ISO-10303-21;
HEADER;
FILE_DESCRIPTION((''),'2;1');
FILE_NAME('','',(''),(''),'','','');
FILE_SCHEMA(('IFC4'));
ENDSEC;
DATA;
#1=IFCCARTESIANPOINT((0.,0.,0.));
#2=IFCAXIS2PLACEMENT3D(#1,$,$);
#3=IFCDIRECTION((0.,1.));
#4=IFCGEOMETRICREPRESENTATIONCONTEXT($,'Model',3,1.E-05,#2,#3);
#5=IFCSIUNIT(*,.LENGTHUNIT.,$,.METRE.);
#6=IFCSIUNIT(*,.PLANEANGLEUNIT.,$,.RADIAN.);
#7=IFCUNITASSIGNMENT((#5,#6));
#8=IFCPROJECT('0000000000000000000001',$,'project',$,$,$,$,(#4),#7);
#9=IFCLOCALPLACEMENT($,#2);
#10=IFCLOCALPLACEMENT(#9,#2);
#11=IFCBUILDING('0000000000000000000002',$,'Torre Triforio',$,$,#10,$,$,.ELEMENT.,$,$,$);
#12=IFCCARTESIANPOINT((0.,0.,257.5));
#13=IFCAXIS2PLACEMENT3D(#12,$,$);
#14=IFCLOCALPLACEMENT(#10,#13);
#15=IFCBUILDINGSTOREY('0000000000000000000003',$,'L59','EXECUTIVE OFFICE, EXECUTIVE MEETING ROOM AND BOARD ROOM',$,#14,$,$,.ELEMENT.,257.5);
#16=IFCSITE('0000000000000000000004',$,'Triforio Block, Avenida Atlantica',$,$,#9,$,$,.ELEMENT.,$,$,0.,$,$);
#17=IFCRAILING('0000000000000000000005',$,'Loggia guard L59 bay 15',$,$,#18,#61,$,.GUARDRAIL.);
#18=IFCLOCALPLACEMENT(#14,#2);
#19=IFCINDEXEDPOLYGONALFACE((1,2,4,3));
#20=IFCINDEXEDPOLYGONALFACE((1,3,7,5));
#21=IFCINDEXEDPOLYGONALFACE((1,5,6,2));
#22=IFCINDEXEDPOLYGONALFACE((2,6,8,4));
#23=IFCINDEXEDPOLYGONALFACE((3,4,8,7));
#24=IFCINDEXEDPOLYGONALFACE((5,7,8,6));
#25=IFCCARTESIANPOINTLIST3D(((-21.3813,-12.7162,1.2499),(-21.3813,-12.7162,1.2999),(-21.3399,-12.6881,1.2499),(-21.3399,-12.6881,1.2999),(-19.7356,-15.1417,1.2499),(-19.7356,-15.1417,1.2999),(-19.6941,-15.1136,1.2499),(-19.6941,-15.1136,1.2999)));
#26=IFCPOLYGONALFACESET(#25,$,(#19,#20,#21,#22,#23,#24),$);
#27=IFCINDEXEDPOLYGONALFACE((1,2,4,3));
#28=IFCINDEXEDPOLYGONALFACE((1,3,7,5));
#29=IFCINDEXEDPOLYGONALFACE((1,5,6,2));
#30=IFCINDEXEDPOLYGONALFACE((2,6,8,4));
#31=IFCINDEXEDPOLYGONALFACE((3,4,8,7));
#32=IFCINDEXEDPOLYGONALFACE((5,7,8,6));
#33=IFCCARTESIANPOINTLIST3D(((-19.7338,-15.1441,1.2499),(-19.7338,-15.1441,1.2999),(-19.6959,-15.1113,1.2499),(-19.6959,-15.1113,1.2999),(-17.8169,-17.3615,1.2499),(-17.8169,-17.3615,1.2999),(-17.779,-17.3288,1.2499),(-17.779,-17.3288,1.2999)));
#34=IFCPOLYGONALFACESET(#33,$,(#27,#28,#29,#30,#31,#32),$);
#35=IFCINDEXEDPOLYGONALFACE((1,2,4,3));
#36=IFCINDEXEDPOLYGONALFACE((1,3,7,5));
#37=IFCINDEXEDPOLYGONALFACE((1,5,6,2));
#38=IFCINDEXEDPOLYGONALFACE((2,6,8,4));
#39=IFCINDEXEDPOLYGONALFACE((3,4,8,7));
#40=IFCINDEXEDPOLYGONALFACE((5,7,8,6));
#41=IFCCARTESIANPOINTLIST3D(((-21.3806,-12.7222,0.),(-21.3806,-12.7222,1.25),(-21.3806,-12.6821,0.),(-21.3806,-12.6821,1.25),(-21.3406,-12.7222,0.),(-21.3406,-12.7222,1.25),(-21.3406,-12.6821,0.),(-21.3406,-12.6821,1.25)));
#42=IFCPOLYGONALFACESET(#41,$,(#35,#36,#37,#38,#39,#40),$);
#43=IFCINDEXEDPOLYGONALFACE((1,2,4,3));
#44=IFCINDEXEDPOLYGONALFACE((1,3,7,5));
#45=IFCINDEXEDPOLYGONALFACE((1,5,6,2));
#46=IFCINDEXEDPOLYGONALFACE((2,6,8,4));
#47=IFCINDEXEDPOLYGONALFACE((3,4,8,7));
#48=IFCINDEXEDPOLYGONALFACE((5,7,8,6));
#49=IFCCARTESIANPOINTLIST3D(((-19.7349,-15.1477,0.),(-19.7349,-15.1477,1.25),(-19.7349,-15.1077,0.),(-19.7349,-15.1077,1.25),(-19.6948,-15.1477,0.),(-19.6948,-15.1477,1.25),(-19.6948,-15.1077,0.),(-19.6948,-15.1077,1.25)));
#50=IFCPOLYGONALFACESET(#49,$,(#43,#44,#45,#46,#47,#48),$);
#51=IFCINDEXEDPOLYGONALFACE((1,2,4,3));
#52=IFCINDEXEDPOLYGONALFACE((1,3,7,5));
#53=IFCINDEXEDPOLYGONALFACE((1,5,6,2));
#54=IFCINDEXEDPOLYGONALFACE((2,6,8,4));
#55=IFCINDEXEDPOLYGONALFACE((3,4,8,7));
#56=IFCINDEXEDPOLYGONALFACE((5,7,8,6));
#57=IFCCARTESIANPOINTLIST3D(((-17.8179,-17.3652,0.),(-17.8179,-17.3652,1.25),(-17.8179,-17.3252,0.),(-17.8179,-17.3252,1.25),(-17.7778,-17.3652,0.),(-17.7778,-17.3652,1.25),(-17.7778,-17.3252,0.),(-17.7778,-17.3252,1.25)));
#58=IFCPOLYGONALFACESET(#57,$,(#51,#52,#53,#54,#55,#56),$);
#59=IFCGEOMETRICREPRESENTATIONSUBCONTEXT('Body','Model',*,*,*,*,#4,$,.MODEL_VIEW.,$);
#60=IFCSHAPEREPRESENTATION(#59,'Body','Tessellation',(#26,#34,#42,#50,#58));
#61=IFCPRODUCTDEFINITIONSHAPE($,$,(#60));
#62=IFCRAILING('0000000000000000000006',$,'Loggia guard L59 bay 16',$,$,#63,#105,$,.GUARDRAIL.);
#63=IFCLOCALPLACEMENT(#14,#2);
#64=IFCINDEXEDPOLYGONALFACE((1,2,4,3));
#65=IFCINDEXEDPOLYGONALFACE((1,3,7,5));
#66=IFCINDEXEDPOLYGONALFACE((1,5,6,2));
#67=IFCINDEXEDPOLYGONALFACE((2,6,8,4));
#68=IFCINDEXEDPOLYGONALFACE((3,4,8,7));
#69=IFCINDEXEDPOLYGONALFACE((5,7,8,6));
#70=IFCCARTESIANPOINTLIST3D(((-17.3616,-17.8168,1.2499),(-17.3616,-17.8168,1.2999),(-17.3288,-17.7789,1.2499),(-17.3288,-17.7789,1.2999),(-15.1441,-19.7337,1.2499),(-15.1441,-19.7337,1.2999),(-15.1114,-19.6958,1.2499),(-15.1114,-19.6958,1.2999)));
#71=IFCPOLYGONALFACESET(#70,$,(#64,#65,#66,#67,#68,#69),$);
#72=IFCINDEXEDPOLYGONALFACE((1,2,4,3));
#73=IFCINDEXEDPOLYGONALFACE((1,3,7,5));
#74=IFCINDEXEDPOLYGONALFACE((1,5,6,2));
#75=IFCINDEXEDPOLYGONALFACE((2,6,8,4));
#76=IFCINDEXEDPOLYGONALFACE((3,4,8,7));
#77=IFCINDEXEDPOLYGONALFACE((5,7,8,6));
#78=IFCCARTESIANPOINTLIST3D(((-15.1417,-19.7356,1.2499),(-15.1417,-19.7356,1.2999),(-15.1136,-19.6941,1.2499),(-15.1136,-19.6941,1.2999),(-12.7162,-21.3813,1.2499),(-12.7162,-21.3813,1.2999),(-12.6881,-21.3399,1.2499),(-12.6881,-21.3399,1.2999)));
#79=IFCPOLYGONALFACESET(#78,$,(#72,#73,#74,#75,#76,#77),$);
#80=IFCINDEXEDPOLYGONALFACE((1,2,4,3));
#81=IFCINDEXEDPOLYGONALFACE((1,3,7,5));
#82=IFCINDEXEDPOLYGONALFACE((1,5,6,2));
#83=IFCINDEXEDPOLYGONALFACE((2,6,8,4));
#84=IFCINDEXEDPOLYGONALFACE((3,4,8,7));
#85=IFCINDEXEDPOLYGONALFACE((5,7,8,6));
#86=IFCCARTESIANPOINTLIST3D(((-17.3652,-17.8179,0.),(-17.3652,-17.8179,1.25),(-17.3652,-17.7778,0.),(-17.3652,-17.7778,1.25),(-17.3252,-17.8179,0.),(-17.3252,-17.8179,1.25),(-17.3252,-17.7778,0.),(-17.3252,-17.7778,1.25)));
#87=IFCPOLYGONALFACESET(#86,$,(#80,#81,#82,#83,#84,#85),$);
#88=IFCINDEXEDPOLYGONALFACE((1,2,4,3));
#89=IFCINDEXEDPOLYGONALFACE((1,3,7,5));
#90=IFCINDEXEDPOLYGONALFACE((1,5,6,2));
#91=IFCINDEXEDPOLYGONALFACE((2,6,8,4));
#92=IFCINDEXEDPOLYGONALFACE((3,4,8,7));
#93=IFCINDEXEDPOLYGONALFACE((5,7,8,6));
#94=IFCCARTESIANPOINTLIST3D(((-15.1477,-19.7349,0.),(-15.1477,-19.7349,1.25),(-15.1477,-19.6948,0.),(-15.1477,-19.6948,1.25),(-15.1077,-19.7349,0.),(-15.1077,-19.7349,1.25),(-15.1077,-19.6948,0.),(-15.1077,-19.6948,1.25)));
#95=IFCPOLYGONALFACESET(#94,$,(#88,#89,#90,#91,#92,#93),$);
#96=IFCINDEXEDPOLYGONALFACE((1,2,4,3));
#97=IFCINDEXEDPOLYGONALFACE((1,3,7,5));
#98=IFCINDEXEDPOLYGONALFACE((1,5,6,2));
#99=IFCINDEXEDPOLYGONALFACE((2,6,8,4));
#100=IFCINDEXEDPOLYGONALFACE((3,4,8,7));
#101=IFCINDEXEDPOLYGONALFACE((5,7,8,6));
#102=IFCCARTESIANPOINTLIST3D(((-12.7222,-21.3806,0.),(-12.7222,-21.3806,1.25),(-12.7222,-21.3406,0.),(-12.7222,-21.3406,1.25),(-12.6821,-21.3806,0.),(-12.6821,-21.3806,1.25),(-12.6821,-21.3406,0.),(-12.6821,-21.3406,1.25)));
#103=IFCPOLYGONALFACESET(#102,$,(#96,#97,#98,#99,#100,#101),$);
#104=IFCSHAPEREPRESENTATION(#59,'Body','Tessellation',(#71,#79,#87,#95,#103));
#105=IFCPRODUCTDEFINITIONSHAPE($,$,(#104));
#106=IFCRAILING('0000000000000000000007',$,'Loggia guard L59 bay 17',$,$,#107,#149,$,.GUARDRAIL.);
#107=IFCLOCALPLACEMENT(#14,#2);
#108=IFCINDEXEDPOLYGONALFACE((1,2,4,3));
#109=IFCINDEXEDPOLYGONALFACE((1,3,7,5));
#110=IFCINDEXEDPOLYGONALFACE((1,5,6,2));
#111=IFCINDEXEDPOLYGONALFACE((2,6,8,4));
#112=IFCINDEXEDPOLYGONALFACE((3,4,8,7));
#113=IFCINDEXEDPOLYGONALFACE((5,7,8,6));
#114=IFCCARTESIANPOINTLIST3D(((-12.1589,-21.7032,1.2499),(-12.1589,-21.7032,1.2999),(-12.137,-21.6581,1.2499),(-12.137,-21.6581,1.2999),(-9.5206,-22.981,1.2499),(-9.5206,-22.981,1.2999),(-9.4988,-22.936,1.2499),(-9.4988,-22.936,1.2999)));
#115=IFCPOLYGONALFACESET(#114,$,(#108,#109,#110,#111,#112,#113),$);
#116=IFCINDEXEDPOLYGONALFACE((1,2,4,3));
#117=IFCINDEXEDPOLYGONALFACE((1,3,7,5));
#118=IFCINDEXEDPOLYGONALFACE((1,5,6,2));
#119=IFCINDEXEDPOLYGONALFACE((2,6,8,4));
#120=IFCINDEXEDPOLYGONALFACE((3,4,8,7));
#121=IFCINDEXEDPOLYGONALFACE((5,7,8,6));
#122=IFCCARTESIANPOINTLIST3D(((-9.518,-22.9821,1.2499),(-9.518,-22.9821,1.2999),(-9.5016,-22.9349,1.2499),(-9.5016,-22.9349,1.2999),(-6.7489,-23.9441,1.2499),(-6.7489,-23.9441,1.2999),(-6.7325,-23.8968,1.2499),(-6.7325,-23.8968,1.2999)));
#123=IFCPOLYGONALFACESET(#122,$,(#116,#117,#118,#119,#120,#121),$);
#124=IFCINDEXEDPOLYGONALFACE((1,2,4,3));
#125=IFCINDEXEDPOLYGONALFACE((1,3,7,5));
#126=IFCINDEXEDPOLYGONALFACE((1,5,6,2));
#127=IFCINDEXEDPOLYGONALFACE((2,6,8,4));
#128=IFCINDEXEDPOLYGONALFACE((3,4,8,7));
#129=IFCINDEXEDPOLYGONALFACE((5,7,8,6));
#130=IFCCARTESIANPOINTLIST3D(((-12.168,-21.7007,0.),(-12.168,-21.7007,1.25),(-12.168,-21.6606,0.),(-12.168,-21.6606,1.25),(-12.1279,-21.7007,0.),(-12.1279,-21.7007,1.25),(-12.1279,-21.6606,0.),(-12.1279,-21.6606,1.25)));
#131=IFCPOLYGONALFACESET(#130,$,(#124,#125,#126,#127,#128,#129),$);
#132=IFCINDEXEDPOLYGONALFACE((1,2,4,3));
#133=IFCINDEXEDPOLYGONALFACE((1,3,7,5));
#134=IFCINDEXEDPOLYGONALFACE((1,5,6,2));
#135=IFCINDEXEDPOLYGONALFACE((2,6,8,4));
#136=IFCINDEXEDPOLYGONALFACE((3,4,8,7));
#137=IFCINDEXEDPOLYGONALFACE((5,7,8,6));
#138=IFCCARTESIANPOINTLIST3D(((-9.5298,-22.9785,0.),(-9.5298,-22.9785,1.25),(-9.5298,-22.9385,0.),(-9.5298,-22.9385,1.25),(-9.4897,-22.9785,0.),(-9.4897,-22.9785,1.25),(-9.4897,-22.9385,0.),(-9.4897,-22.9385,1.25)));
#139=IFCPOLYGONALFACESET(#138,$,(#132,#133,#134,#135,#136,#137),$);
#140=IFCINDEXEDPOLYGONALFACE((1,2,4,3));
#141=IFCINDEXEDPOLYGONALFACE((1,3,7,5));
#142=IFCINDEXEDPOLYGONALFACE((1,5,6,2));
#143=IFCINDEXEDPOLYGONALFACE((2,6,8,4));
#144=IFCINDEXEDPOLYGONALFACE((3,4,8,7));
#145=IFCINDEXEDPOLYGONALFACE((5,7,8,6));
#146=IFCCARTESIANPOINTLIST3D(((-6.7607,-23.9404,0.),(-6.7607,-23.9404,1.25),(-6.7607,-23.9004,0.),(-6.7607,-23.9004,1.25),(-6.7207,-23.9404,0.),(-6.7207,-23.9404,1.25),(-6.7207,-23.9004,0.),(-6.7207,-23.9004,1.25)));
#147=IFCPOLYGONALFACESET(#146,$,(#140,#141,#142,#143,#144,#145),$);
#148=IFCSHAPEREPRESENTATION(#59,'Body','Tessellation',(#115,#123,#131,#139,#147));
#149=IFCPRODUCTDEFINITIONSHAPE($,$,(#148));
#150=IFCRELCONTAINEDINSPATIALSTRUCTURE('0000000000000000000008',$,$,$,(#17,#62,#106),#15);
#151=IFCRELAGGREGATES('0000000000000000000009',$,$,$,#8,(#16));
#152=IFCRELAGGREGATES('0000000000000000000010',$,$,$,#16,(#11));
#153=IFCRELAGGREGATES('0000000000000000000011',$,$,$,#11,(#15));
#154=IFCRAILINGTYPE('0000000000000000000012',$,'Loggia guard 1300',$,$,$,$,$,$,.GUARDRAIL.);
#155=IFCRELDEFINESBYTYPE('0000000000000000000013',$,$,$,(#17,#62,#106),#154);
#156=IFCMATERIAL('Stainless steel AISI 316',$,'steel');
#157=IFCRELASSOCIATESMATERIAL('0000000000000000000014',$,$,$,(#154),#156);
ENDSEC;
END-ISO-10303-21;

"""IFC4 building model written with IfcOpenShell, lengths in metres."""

from ifc_helpers import new_model, si_unit, direction, frame, origin, origin_2d, place, context, subcontext, project, spatial, rectangle, extrude, material, type_object, element, save


model = new_model("IFC4")

# Units and contexts
model_context = context("Model", 3, precision=1e-05, world=origin(), true_north=direction((0.0, 1.0)))
body_context = subcontext(model_context, "Body", "Model", "MODEL_VIEW")
ifc_project = project(units=[si_unit("LENGTHUNIT", "METRE"), si_unit("PLANEANGLEUNIT", "RADIAN")], contexts=[model_context])

# Site, building, storey
site_placement = place(None, origin())
site = spatial("IfcSite", under=ifc_project, at=site_placement, Name="Triforio Block, Avenida Atlantica", CompositionType="ELEMENT", RefElevation=0.0)
building_placement = place(site_placement, origin())
building = spatial("IfcBuilding", under=site, at=building_placement, Name="Torre Triforio", CompositionType="ELEMENT")
storey_placement = place(building_placement, frame((0.0, 0.0, 257.5)))
storey = spatial("IfcBuildingStorey", under=building, at=storey_placement, Name="L59", Description="EXECUTIVE OFFICE, EXECUTIVE MEETING ROOM AND BOARD ROOM", CompositionType="ELEMENT", Elevation=257.5)

# Railings
ifc_material_1 = material(Name="Stainless steel AISI 316", Category="steel")
railing_type = type_object("IfcRailingType", Name="Loggia guard 1300", PredefinedType="GUARDRAIL", material=ifc_material_1)
railing_1_placement = place(storey_placement, frame((-21.3606, -12.7021, 0.0)))
element("IfcRailing", 1, at=railing_1_placement, inside=storey, type_object=railing_type, Name="Loggia guard L59 bay 15", PredefinedType="GUARDRAIL", context=body_context, shape_type="SweptSolid", body=[
    extrude(rectangle(XDim=0.05, YDim=0.05, at=origin_2d()), frame((0.0, 0.0, 1.2749), z_axis=(0.561467, -0.827499, 0.0), x_axis=(0.827499, 0.561467, 0.0)), (0.0, 0.0, 1.0), 2.9312),
    extrude(rectangle(XDim=0.05, YDim=0.05, at=origin_2d()), frame((1.6458, -2.4255, 1.2749), z_axis=(0.653982, -0.75651, 0.0), x_axis=(0.75651, 0.653982, 0.0)), (0.0, 0.0, 1.0), 2.9312),
    extrude(rectangle(XDim=0.04, YDim=0.04, at=origin_2d()), origin(), (0.0, 0.0, 1.0), 1.25),
    extrude(rectangle(XDim=0.04, YDim=0.04, at=origin_2d()), frame((1.6458, -2.4255, 0.0)), (0.0, 0.0, 1.0), 1.25),
    extrude(rectangle(XDim=0.04, YDim=0.04, at=origin_2d()), frame((3.5627, -4.6431, 0.0)), (0.0, 0.0, 1.0), 1.25),
])
railing_2_placement = place(storey_placement, frame((-17.3452, -17.7979, 0.0)))
element("IfcRailing", 2, at=railing_2_placement, inside=storey, type_object=railing_type, Name="Loggia guard L59 bay 16", PredefinedType="GUARDRAIL", context=body_context, shape_type="SweptSolid", body=[
    extrude(rectangle(XDim=0.05, YDim=0.05, at=origin_2d()), frame((0.0, 0.0, 1.2749), z_axis=(0.75651, -0.653982, 0.0), x_axis=(0.653982, 0.75651, 0.0)), (0.0, 0.0, 1.0), 2.9312),
    extrude(rectangle(XDim=0.05, YDim=0.05, at=origin_2d()), frame((2.2175, -1.917, 1.2749), z_axis=(0.827499, -0.561467, 0.0), x_axis=(0.561467, 0.827499, 0.0)), (0.0, 0.0, 1.0), 2.9312),
    extrude(rectangle(XDim=0.04, YDim=0.04, at=origin_2d()), origin(), (0.0, 0.0, 1.0), 1.25),
    extrude(rectangle(XDim=0.04, YDim=0.04, at=origin_2d()), frame((2.2175, -1.917, 0.0)), (0.0, 0.0, 1.0), 1.25),
    extrude(rectangle(XDim=0.04, YDim=0.04, at=origin_2d()), frame((4.6431, -3.5627, 0.0)), (0.0, 0.0, 1.0), 1.25),
])
railing_3_placement = place(storey_placement, frame((-12.1479, -21.6807, 0.0)))
element("IfcRailing", 3, at=railing_3_placement, inside=storey, type_object=railing_type, Name="Loggia guard L59 bay 17", PredefinedType="GUARDRAIL", context=body_context, shape_type="SweptSolid", body=[
    extrude(rectangle(XDim=0.05, YDim=0.05, at=origin_2d()), frame((0.0, 0.0, 1.2749), z_axis=(0.899986, -0.435918, 0.0), x_axis=(0.435918, 0.899986, 0.0)), (0.0, 0.0, 1.0), 2.9314),
    extrude(rectangle(XDim=0.05, YDim=0.05, at=origin_2d()), frame((2.6382, -1.2778, 1.2749), z_axis=(0.944627, -0.328146, 0.0), x_axis=(0.328146, 0.944627, 0.0)), (0.0, 0.0, 1.0), 2.9314),
    extrude(rectangle(XDim=0.04, YDim=0.04, at=origin_2d()), origin(), (0.0, 0.0, 1.0), 1.25),
    extrude(rectangle(XDim=0.04, YDim=0.04, at=origin_2d()), frame((2.6382, -1.2778, 0.0)), (0.0, 0.0, 1.0), 1.25),
    extrude(rectangle(XDim=0.04, YDim=0.04, at=origin_2d()), frame((5.4072, -2.2397, 0.0)), (0.0, 0.0, 1.0), 1.25),
])

save(model, "model.ifc")
